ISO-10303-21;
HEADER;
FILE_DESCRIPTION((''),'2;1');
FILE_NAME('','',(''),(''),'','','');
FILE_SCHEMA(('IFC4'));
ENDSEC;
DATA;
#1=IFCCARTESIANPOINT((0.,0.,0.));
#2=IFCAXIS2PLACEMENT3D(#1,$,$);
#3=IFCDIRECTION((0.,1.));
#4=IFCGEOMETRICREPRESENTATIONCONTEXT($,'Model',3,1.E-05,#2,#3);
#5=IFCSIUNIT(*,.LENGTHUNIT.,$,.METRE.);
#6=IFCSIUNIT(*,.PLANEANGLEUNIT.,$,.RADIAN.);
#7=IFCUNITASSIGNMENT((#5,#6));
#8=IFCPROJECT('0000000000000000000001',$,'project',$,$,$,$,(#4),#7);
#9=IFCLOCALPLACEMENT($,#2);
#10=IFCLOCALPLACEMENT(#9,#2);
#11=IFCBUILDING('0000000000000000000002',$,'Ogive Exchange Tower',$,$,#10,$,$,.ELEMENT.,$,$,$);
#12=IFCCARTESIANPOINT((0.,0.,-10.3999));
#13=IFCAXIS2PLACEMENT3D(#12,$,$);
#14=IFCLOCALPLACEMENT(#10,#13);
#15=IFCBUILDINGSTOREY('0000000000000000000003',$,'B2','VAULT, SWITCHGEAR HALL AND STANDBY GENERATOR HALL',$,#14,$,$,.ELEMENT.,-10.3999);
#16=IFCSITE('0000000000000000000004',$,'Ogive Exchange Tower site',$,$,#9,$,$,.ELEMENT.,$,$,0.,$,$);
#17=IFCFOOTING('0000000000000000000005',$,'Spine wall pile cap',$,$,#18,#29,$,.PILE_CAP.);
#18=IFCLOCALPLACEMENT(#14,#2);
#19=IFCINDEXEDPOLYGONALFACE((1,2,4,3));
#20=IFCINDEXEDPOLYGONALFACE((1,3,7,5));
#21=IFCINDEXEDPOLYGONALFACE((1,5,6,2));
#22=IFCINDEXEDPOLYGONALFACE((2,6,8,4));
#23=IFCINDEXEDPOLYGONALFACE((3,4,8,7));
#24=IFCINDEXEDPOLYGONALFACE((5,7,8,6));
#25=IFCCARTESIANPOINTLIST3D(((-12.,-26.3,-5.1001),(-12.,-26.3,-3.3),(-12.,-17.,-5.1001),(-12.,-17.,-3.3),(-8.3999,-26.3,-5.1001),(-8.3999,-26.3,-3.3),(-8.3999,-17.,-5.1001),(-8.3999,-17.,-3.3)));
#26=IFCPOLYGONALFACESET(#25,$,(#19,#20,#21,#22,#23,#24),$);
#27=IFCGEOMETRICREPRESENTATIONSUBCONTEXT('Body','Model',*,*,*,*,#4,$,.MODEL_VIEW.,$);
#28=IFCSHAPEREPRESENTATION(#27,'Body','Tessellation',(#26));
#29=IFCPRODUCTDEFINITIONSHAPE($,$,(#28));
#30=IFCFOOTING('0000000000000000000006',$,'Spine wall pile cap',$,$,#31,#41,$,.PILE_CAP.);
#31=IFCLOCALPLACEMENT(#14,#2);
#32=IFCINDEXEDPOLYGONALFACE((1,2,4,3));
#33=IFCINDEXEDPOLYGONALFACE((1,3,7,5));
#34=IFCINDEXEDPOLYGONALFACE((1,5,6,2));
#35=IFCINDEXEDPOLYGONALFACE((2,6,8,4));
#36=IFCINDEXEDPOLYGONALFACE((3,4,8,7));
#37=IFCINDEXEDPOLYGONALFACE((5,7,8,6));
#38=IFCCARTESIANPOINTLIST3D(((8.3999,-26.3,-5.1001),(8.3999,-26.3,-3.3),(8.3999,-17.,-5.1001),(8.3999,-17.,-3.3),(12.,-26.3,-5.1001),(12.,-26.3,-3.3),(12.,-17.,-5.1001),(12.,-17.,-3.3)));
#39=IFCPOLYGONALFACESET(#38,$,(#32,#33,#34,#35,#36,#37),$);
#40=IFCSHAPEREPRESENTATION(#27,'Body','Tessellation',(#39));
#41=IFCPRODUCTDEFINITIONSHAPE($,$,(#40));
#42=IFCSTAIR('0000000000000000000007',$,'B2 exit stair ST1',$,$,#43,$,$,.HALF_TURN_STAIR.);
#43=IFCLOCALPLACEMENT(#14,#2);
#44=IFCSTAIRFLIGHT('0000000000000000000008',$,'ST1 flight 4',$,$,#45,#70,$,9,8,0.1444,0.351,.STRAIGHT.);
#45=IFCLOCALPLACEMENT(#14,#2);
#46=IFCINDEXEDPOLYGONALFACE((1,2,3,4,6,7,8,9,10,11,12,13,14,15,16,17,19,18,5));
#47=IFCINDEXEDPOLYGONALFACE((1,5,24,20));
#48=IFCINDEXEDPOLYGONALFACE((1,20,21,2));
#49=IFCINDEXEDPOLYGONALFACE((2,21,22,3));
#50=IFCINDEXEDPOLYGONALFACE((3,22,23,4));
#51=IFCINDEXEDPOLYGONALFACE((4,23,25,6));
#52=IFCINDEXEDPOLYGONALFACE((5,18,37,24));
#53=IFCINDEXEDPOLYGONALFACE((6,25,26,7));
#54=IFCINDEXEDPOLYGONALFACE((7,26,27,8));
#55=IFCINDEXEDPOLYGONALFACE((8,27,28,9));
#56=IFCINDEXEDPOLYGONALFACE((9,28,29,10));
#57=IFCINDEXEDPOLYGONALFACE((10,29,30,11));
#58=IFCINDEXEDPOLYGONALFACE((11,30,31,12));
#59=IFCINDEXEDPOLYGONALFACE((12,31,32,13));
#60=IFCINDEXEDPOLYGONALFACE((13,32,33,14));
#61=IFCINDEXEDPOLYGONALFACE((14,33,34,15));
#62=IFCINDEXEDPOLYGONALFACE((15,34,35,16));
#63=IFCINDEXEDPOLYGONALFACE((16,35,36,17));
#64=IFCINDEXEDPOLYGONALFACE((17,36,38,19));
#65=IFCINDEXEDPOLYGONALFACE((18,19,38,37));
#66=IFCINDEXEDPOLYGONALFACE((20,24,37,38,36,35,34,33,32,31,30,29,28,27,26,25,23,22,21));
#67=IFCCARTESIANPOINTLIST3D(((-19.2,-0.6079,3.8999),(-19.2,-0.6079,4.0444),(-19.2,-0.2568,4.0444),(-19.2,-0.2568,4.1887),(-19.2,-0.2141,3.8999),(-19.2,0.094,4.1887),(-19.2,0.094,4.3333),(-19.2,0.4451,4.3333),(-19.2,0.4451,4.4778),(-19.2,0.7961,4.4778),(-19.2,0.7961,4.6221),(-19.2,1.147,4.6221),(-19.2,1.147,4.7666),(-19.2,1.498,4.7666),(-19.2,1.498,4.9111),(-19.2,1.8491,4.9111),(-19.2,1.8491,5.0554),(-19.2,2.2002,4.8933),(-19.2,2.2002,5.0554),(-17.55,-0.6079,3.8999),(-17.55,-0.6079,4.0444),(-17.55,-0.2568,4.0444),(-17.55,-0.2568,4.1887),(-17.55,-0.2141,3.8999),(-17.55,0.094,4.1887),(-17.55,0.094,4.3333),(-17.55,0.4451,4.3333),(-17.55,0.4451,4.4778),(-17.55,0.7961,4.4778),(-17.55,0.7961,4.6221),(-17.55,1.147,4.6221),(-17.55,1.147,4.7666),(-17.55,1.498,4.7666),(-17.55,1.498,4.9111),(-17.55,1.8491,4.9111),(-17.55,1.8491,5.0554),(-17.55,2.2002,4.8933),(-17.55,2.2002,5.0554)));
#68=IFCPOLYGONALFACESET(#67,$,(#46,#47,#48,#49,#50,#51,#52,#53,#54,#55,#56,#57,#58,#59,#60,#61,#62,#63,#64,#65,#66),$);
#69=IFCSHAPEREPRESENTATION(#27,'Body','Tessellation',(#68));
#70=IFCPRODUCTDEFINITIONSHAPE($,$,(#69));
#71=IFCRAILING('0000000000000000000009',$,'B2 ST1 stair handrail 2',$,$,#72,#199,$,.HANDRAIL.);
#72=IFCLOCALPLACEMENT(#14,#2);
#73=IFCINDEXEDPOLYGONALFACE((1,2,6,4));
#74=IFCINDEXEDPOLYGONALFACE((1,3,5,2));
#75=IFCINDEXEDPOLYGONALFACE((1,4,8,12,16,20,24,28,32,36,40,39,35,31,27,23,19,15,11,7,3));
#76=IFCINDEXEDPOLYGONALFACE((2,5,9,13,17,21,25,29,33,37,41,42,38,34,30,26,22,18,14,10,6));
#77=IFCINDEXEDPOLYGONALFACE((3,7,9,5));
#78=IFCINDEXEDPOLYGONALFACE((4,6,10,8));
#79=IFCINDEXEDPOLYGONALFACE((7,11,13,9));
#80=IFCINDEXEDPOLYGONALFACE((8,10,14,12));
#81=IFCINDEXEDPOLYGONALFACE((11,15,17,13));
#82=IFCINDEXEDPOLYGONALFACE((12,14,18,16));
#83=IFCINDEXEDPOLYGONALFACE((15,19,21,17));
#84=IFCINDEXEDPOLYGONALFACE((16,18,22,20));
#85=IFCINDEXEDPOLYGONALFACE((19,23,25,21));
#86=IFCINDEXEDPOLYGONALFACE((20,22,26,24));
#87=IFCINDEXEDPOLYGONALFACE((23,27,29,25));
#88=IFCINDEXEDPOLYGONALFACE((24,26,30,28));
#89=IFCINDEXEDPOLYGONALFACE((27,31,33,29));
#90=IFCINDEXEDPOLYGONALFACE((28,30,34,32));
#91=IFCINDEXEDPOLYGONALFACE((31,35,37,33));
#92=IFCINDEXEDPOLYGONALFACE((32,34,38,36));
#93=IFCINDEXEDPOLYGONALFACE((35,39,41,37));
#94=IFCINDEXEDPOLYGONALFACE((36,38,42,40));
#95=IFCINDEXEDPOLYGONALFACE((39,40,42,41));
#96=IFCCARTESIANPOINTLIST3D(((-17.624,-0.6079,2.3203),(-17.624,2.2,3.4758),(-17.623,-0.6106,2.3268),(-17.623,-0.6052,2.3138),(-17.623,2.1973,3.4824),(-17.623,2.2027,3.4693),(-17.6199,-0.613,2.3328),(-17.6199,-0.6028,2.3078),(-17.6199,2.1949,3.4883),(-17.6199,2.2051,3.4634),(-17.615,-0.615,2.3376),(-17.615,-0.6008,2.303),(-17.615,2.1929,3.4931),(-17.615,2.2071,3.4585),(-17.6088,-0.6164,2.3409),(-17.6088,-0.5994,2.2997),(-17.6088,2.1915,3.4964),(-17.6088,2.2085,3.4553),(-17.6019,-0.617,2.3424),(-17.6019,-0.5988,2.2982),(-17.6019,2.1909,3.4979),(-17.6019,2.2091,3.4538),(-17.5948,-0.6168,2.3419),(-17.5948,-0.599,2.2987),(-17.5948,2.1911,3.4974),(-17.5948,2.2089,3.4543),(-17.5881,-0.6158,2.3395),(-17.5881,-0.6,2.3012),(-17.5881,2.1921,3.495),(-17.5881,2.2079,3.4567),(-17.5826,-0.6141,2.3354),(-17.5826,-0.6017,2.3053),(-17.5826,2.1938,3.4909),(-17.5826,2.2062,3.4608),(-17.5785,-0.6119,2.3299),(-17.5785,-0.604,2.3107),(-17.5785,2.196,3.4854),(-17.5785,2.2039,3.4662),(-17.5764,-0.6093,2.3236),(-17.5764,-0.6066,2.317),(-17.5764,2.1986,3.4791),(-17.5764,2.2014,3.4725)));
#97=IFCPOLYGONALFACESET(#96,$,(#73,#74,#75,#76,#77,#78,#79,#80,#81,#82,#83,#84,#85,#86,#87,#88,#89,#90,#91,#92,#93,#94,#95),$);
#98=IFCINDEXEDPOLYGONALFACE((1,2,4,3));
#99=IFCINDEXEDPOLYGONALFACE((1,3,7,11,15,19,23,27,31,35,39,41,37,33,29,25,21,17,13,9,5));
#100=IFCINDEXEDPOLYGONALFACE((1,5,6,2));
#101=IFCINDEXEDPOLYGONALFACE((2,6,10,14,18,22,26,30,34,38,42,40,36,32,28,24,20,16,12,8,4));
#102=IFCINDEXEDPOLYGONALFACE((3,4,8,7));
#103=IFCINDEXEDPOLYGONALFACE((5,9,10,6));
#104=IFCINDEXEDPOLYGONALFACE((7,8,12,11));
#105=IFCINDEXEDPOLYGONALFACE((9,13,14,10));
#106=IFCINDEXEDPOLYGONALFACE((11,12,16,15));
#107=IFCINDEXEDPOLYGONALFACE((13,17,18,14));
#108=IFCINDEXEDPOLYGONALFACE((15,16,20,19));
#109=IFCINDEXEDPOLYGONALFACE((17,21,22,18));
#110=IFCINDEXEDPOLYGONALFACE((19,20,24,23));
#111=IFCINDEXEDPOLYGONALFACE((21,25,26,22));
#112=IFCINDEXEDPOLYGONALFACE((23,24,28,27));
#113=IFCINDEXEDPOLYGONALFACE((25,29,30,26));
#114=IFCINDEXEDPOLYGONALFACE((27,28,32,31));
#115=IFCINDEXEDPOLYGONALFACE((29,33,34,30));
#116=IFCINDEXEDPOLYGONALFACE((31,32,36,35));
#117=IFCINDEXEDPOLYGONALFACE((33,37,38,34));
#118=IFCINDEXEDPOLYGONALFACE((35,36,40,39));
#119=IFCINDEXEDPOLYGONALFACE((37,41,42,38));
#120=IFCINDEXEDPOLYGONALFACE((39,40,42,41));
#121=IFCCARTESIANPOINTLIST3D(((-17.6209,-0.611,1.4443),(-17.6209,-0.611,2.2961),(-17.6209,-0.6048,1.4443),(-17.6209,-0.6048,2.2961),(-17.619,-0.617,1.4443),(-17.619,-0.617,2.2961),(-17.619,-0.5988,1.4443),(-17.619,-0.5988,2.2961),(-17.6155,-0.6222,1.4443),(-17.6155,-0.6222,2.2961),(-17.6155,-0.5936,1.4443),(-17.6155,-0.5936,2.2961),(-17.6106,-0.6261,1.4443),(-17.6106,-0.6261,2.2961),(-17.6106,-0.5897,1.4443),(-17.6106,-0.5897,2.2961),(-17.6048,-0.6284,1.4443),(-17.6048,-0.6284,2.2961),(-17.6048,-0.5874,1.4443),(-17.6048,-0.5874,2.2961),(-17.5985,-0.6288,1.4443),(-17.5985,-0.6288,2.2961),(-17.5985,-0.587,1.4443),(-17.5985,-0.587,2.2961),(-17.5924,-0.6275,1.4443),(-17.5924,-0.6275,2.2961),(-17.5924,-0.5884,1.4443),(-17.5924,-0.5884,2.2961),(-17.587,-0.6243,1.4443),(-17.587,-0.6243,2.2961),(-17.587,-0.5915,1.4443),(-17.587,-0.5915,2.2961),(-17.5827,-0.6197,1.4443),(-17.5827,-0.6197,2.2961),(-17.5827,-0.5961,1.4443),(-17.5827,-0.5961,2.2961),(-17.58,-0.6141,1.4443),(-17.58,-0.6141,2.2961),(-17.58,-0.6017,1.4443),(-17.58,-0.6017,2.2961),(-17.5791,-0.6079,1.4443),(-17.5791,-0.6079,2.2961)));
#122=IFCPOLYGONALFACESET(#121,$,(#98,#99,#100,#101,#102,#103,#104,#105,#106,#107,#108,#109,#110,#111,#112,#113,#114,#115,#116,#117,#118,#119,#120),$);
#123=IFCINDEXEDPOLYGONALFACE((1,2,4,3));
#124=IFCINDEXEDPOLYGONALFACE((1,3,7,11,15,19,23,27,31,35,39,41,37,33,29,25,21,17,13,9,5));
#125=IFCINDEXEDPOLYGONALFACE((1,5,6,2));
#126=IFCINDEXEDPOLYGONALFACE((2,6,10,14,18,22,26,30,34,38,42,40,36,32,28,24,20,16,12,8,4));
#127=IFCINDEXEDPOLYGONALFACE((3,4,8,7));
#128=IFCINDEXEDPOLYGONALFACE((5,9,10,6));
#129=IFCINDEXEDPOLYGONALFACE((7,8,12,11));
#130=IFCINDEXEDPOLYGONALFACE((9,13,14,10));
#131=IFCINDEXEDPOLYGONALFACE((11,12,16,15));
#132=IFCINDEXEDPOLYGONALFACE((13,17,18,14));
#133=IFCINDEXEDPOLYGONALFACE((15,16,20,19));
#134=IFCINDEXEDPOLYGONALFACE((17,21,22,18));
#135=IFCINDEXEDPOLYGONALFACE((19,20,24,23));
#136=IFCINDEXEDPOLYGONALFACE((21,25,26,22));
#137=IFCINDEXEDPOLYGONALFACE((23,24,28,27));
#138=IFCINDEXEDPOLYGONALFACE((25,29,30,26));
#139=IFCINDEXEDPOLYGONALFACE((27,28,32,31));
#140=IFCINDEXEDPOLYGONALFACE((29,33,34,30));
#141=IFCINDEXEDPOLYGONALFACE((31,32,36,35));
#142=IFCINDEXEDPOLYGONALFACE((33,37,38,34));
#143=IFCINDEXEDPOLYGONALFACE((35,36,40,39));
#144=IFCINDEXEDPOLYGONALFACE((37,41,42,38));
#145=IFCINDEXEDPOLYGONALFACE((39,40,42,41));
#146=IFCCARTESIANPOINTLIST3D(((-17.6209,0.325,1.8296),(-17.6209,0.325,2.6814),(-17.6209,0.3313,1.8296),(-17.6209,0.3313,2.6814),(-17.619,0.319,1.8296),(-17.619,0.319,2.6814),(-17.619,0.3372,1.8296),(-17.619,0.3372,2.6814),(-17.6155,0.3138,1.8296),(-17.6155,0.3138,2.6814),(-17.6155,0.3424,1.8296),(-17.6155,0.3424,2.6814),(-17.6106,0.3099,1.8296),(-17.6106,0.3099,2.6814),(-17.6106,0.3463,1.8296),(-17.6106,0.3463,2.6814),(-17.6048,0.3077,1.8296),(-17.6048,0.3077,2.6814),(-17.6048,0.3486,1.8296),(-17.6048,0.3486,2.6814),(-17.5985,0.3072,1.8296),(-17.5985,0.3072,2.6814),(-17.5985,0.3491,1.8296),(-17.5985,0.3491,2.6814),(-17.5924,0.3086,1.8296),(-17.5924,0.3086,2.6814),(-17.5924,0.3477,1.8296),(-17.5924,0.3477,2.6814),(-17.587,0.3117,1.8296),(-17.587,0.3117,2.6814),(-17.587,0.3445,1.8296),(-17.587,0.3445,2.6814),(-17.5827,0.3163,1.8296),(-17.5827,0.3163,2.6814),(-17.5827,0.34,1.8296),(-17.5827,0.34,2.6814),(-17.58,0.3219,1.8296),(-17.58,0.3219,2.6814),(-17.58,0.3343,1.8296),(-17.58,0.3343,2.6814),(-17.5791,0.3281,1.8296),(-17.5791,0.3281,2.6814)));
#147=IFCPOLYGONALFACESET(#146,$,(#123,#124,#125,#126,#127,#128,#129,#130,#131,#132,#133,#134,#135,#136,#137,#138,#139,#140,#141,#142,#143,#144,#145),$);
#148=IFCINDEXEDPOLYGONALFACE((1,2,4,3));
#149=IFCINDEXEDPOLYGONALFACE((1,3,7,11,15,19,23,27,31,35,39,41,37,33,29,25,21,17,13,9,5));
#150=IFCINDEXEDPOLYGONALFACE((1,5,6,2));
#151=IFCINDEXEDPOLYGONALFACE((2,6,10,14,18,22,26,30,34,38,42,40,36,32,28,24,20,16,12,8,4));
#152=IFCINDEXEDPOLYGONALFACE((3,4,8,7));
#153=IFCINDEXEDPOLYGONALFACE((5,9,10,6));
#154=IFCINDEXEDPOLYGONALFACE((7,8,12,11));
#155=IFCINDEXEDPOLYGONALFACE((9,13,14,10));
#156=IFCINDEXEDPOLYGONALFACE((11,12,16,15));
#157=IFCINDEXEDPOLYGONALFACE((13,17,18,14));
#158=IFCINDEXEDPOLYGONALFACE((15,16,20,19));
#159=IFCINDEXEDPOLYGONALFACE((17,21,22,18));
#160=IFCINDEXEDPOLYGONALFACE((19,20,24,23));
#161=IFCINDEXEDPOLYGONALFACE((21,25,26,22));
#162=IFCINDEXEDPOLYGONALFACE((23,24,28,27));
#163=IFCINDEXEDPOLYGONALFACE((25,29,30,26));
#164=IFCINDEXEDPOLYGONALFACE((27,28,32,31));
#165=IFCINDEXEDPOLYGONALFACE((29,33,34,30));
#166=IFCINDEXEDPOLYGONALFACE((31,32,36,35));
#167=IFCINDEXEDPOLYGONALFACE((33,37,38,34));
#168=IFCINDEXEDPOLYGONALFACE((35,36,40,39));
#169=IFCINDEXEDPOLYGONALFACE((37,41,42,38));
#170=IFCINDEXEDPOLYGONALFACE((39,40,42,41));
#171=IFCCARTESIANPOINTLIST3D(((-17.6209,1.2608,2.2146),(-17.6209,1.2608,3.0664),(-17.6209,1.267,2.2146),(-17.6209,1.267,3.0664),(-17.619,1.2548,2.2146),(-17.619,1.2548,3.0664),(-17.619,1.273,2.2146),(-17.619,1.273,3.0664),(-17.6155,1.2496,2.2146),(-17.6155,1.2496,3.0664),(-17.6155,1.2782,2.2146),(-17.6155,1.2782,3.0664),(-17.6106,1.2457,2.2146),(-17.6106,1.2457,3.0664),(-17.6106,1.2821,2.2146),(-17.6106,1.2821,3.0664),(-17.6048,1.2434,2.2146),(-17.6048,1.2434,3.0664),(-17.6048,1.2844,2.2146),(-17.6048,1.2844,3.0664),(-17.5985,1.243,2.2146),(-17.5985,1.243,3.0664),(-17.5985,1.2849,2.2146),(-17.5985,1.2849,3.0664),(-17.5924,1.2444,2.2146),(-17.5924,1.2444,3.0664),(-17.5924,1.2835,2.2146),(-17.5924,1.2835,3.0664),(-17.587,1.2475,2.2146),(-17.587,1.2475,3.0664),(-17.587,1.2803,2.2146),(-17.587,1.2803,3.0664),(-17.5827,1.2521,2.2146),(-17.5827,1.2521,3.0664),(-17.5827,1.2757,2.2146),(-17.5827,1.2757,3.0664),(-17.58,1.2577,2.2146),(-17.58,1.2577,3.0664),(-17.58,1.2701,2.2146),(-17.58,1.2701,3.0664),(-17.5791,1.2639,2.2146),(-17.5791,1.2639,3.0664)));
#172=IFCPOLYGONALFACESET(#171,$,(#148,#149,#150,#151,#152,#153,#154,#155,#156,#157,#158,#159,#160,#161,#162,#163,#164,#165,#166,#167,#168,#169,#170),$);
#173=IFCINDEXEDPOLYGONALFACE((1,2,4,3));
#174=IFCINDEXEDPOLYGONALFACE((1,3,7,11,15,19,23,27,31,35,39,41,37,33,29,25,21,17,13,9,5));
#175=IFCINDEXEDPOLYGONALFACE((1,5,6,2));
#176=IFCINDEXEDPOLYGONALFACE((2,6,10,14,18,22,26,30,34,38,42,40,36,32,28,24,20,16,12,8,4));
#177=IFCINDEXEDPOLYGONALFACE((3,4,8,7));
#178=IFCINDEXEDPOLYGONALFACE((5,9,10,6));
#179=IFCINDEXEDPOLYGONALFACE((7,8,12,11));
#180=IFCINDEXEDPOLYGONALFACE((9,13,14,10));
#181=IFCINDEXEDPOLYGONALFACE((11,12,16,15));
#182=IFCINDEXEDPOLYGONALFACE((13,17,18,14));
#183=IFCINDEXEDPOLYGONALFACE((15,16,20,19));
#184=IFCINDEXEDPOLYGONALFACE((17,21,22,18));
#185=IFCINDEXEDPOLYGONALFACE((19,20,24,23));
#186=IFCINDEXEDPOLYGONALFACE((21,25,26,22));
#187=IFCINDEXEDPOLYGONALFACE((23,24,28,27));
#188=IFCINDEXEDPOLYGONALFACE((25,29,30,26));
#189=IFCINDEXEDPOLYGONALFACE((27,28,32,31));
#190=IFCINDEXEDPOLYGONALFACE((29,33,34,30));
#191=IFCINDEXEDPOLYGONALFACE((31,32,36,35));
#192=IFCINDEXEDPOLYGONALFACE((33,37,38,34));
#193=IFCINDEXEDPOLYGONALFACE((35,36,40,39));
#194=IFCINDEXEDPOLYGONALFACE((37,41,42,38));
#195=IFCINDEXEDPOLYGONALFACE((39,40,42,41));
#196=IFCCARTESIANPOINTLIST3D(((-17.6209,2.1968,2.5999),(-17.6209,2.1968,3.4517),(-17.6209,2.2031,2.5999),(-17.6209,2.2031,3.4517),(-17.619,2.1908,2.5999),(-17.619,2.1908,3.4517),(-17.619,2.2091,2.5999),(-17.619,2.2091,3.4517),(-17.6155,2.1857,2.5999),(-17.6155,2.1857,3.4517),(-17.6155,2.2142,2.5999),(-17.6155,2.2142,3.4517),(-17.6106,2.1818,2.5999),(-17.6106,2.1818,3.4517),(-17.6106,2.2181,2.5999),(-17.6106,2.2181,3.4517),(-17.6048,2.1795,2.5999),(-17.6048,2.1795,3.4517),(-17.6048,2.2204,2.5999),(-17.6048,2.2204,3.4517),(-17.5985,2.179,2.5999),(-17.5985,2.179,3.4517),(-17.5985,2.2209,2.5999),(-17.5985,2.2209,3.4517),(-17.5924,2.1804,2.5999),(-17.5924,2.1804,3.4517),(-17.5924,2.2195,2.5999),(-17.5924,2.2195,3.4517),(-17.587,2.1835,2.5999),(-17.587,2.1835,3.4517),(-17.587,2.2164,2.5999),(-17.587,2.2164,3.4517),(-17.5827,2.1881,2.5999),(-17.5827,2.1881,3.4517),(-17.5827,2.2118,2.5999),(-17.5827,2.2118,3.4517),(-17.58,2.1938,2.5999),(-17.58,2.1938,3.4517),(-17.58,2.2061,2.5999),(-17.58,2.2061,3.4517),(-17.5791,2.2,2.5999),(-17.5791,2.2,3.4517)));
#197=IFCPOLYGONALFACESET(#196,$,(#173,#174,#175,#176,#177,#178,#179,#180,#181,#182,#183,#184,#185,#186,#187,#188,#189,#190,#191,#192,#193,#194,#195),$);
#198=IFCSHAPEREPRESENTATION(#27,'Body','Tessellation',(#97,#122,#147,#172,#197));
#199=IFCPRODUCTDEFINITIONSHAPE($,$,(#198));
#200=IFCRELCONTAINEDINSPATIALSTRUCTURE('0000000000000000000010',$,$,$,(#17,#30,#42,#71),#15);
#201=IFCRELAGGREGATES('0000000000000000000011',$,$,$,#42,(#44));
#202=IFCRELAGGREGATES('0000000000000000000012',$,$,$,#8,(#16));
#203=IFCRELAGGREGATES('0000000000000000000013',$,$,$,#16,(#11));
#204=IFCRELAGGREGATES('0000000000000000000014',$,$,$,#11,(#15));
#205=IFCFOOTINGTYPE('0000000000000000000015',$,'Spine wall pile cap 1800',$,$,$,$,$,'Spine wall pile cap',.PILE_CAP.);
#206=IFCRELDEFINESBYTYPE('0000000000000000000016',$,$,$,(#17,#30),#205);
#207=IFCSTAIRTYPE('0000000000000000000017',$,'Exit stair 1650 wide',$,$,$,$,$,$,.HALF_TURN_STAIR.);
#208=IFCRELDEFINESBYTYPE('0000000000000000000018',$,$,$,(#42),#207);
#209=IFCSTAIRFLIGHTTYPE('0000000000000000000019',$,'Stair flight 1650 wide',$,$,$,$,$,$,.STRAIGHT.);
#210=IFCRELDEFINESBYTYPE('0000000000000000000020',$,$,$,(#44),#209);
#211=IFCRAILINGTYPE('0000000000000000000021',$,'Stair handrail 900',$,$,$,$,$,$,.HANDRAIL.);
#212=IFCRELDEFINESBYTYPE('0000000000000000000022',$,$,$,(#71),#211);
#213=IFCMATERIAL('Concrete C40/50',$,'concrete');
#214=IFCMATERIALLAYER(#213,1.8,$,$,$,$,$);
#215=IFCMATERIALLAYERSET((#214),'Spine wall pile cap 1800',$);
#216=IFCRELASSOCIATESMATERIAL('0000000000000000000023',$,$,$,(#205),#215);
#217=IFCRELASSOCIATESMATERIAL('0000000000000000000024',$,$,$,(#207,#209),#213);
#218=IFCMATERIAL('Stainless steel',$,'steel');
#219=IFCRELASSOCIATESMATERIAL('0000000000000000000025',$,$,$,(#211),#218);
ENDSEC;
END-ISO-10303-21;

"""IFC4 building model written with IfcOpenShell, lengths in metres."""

from ifc_helpers import new_model, si_unit, direction, frame, origin, origin_2d, place, context, subcontext, project, spatial, polyline, circle, outline, extrude, material, layer, layer_set, type_object, element, aggregate, save


model = new_model("IFC4")

# Units and contexts
model_context = context("Model", 3, precision=1e-05, world=origin(), true_north=direction((0.0, 1.0)))
body_context = subcontext(model_context, "Body", "Model", "MODEL_VIEW")
ifc_project = project(units=[si_unit("LENGTHUNIT", "METRE"), si_unit("PLANEANGLEUNIT", "RADIAN")], contexts=[model_context])

# Site, building, storey
site_placement = place(None, origin())
site = spatial("IfcSite", under=ifc_project, at=site_placement, Name="Ogive Exchange Tower site", CompositionType="ELEMENT", RefElevation=0.0)
building_placement = place(site_placement, origin())
building = spatial("IfcBuilding", under=site, at=building_placement, Name="Ogive Exchange Tower", CompositionType="ELEMENT")
storey_placement = place(building_placement, frame((0.0, 0.0, -10.3999)))
storey = spatial("IfcBuildingStorey", under=building, at=storey_placement, Name="B2", Description="VAULT, SWITCHGEAR HALL AND STANDBY GENERATOR HALL", CompositionType="ELEMENT", Elevation=-10.3999)

# Shared definitions
ifc_material_1 = material(Name="Concrete C40/50", Category="concrete")

# Footings
ifc_layer_1 = layer(ifc_material_1, 1.8)
ifc_layer_set_1 = layer_set([ifc_layer_1], Name="Spine wall pile cap 1800")
footing_type_1 = type_object("IfcFootingType", Name="Spine wall pile cap 1800", ElementType="Spine wall pile cap", PredefinedType="PILE_CAP", material=ifc_layer_set_1)
footing_1_placement = place(storey_placement, frame((0.0, 0.0, -5.1001)))
element("IfcFooting", 1, at=footing_1_placement, inside=storey, type_object=footing_type_1, Name="Spine wall pile cap", PredefinedType="PILE_CAP", context=body_context, shape_type="SweptSolid", body=[
    extrude(outline(polyline([(-8.3999, -26.3), (-8.3999, -17.0), (-12.0, -17.0), (-12.0, -26.3), (-8.3999, -26.3)])), origin(), (0.0, 0.0, 1.0), 1.8),
])
footing_2_placement = place(storey_placement, frame((0.0, 0.0, -5.1001)))
element("IfcFooting", 2, at=footing_2_placement, inside=storey, type_object=footing_type_1, Name="Spine wall pile cap", PredefinedType="PILE_CAP", context=body_context, shape_type="SweptSolid", body=[
    extrude(outline(polyline([(12.0, -26.3), (12.0, -17.0), (8.3999, -17.0), (8.3999, -26.3), (12.0, -26.3)])), origin(), (0.0, 0.0, 1.0), 1.8),
])

# Stair, stair flight
stair_type = type_object("IfcStairType", Name="Exit stair 1650 wide", PredefinedType="HALF_TURN_STAIR", material=ifc_material_1)
stair_placement = place(storey_placement, origin())
stair = element("IfcStair", 3, at=stair_placement, inside=storey, type_object=stair_type, Name="B2 exit stair ST1", PredefinedType="HALF_TURN_STAIR")
stair_flight_type = type_object("IfcStairFlightType", Name="Stair flight 1650 wide", PredefinedType="STRAIGHT", material=ifc_material_1)
stair_flight_placement = place(storey_placement, frame((-18.375, -0.6079, 3.8999), z_axis=(0.0, 0.0, 1.0), x_axis=(0.0, 1.0, 0.0)))
stair_flight = element("IfcStairFlight", 4, at=stair_flight_placement, type_object=stair_flight_type, Name="ST1 flight 4", NumberOfRisers=9, NumberOfTreads=8, PredefinedType="STRAIGHT", RiserHeight=0.1444, TreadLength=0.351, context=body_context, shape_type="SweptSolid", body=[
    extrude(outline(polyline([(0.0, 0.0), (0.0, 0.1445), (0.3511, 0.1445), (0.3511, 0.2888), (0.7019, 0.2888), (0.7019, 0.4333), (1.053, 0.4333), (1.053, 0.5779), (1.4041, 0.5779), (1.4041, 0.7222), (1.7549, 0.7222), (1.7549, 0.8667), (2.106, 0.8667), (2.106, 1.0112), (2.457, 1.0112), (2.457, 1.1555), (2.8081, 1.1555), (2.8081, 1.3), (2.8081, 0.9934), (0.3938, 0.0), (0.0, 0.0)])), frame((0.0, 0.825, 0.0), z_axis=(0.0, -1.0, 0.0), x_axis=(1.0, 0.0, 0.0)), (0.0, 0.0, 1.0), 1.6499),
])
aggregate(stair, [stair_flight])

# Railing
ifc_material_2 = material(Name="Stainless steel", Category="steel")
railing_type = type_object("IfcRailingType", Name="Stair handrail 900", PredefinedType="HANDRAIL", material=ifc_material_2)
for number, where, name in (
    (5, (-17.6001, -0.6079, 1.4443), "B2 ST1 stair handrail 2"),
):
    element("IfcRailing", number, at=place(storey_placement, frame(where)), inside=storey, type_object=railing_type, Name=name, PredefinedType="HANDRAIL", context=body_context, shape_type="SweptSolid", body=[
        extrude(circle(Radius=0.0239, at=origin_2d()), frame((0.0, 0.0, 0.876), z_axis=(0.0, 0.924755, 0.380564), x_axis=(-1.0, 0.0, 0.0)), (0.0, 0.0, 1.0), 3.0364),
        extrude(circle(Radius=0.021, at=origin_2d()), origin(), (0.0, 0.0, 1.0), 0.8518),
        extrude(circle(Radius=0.021, at=origin_2d()), frame((0.0, 0.936, 0.3853)), (0.0, 0.0, 1.0), 0.8518),
        extrude(circle(Radius=0.021, at=origin_2d()), frame((0.0, 1.8718, 0.7703)), (0.0, 0.0, 1.0), 0.8518),
        extrude(circle(Radius=0.021, at=origin_2d()), frame((0.0, 2.8079, 1.1555)), (0.0, 0.0, 1.0), 0.8518),
    ])

save(model, "model.ifc")
